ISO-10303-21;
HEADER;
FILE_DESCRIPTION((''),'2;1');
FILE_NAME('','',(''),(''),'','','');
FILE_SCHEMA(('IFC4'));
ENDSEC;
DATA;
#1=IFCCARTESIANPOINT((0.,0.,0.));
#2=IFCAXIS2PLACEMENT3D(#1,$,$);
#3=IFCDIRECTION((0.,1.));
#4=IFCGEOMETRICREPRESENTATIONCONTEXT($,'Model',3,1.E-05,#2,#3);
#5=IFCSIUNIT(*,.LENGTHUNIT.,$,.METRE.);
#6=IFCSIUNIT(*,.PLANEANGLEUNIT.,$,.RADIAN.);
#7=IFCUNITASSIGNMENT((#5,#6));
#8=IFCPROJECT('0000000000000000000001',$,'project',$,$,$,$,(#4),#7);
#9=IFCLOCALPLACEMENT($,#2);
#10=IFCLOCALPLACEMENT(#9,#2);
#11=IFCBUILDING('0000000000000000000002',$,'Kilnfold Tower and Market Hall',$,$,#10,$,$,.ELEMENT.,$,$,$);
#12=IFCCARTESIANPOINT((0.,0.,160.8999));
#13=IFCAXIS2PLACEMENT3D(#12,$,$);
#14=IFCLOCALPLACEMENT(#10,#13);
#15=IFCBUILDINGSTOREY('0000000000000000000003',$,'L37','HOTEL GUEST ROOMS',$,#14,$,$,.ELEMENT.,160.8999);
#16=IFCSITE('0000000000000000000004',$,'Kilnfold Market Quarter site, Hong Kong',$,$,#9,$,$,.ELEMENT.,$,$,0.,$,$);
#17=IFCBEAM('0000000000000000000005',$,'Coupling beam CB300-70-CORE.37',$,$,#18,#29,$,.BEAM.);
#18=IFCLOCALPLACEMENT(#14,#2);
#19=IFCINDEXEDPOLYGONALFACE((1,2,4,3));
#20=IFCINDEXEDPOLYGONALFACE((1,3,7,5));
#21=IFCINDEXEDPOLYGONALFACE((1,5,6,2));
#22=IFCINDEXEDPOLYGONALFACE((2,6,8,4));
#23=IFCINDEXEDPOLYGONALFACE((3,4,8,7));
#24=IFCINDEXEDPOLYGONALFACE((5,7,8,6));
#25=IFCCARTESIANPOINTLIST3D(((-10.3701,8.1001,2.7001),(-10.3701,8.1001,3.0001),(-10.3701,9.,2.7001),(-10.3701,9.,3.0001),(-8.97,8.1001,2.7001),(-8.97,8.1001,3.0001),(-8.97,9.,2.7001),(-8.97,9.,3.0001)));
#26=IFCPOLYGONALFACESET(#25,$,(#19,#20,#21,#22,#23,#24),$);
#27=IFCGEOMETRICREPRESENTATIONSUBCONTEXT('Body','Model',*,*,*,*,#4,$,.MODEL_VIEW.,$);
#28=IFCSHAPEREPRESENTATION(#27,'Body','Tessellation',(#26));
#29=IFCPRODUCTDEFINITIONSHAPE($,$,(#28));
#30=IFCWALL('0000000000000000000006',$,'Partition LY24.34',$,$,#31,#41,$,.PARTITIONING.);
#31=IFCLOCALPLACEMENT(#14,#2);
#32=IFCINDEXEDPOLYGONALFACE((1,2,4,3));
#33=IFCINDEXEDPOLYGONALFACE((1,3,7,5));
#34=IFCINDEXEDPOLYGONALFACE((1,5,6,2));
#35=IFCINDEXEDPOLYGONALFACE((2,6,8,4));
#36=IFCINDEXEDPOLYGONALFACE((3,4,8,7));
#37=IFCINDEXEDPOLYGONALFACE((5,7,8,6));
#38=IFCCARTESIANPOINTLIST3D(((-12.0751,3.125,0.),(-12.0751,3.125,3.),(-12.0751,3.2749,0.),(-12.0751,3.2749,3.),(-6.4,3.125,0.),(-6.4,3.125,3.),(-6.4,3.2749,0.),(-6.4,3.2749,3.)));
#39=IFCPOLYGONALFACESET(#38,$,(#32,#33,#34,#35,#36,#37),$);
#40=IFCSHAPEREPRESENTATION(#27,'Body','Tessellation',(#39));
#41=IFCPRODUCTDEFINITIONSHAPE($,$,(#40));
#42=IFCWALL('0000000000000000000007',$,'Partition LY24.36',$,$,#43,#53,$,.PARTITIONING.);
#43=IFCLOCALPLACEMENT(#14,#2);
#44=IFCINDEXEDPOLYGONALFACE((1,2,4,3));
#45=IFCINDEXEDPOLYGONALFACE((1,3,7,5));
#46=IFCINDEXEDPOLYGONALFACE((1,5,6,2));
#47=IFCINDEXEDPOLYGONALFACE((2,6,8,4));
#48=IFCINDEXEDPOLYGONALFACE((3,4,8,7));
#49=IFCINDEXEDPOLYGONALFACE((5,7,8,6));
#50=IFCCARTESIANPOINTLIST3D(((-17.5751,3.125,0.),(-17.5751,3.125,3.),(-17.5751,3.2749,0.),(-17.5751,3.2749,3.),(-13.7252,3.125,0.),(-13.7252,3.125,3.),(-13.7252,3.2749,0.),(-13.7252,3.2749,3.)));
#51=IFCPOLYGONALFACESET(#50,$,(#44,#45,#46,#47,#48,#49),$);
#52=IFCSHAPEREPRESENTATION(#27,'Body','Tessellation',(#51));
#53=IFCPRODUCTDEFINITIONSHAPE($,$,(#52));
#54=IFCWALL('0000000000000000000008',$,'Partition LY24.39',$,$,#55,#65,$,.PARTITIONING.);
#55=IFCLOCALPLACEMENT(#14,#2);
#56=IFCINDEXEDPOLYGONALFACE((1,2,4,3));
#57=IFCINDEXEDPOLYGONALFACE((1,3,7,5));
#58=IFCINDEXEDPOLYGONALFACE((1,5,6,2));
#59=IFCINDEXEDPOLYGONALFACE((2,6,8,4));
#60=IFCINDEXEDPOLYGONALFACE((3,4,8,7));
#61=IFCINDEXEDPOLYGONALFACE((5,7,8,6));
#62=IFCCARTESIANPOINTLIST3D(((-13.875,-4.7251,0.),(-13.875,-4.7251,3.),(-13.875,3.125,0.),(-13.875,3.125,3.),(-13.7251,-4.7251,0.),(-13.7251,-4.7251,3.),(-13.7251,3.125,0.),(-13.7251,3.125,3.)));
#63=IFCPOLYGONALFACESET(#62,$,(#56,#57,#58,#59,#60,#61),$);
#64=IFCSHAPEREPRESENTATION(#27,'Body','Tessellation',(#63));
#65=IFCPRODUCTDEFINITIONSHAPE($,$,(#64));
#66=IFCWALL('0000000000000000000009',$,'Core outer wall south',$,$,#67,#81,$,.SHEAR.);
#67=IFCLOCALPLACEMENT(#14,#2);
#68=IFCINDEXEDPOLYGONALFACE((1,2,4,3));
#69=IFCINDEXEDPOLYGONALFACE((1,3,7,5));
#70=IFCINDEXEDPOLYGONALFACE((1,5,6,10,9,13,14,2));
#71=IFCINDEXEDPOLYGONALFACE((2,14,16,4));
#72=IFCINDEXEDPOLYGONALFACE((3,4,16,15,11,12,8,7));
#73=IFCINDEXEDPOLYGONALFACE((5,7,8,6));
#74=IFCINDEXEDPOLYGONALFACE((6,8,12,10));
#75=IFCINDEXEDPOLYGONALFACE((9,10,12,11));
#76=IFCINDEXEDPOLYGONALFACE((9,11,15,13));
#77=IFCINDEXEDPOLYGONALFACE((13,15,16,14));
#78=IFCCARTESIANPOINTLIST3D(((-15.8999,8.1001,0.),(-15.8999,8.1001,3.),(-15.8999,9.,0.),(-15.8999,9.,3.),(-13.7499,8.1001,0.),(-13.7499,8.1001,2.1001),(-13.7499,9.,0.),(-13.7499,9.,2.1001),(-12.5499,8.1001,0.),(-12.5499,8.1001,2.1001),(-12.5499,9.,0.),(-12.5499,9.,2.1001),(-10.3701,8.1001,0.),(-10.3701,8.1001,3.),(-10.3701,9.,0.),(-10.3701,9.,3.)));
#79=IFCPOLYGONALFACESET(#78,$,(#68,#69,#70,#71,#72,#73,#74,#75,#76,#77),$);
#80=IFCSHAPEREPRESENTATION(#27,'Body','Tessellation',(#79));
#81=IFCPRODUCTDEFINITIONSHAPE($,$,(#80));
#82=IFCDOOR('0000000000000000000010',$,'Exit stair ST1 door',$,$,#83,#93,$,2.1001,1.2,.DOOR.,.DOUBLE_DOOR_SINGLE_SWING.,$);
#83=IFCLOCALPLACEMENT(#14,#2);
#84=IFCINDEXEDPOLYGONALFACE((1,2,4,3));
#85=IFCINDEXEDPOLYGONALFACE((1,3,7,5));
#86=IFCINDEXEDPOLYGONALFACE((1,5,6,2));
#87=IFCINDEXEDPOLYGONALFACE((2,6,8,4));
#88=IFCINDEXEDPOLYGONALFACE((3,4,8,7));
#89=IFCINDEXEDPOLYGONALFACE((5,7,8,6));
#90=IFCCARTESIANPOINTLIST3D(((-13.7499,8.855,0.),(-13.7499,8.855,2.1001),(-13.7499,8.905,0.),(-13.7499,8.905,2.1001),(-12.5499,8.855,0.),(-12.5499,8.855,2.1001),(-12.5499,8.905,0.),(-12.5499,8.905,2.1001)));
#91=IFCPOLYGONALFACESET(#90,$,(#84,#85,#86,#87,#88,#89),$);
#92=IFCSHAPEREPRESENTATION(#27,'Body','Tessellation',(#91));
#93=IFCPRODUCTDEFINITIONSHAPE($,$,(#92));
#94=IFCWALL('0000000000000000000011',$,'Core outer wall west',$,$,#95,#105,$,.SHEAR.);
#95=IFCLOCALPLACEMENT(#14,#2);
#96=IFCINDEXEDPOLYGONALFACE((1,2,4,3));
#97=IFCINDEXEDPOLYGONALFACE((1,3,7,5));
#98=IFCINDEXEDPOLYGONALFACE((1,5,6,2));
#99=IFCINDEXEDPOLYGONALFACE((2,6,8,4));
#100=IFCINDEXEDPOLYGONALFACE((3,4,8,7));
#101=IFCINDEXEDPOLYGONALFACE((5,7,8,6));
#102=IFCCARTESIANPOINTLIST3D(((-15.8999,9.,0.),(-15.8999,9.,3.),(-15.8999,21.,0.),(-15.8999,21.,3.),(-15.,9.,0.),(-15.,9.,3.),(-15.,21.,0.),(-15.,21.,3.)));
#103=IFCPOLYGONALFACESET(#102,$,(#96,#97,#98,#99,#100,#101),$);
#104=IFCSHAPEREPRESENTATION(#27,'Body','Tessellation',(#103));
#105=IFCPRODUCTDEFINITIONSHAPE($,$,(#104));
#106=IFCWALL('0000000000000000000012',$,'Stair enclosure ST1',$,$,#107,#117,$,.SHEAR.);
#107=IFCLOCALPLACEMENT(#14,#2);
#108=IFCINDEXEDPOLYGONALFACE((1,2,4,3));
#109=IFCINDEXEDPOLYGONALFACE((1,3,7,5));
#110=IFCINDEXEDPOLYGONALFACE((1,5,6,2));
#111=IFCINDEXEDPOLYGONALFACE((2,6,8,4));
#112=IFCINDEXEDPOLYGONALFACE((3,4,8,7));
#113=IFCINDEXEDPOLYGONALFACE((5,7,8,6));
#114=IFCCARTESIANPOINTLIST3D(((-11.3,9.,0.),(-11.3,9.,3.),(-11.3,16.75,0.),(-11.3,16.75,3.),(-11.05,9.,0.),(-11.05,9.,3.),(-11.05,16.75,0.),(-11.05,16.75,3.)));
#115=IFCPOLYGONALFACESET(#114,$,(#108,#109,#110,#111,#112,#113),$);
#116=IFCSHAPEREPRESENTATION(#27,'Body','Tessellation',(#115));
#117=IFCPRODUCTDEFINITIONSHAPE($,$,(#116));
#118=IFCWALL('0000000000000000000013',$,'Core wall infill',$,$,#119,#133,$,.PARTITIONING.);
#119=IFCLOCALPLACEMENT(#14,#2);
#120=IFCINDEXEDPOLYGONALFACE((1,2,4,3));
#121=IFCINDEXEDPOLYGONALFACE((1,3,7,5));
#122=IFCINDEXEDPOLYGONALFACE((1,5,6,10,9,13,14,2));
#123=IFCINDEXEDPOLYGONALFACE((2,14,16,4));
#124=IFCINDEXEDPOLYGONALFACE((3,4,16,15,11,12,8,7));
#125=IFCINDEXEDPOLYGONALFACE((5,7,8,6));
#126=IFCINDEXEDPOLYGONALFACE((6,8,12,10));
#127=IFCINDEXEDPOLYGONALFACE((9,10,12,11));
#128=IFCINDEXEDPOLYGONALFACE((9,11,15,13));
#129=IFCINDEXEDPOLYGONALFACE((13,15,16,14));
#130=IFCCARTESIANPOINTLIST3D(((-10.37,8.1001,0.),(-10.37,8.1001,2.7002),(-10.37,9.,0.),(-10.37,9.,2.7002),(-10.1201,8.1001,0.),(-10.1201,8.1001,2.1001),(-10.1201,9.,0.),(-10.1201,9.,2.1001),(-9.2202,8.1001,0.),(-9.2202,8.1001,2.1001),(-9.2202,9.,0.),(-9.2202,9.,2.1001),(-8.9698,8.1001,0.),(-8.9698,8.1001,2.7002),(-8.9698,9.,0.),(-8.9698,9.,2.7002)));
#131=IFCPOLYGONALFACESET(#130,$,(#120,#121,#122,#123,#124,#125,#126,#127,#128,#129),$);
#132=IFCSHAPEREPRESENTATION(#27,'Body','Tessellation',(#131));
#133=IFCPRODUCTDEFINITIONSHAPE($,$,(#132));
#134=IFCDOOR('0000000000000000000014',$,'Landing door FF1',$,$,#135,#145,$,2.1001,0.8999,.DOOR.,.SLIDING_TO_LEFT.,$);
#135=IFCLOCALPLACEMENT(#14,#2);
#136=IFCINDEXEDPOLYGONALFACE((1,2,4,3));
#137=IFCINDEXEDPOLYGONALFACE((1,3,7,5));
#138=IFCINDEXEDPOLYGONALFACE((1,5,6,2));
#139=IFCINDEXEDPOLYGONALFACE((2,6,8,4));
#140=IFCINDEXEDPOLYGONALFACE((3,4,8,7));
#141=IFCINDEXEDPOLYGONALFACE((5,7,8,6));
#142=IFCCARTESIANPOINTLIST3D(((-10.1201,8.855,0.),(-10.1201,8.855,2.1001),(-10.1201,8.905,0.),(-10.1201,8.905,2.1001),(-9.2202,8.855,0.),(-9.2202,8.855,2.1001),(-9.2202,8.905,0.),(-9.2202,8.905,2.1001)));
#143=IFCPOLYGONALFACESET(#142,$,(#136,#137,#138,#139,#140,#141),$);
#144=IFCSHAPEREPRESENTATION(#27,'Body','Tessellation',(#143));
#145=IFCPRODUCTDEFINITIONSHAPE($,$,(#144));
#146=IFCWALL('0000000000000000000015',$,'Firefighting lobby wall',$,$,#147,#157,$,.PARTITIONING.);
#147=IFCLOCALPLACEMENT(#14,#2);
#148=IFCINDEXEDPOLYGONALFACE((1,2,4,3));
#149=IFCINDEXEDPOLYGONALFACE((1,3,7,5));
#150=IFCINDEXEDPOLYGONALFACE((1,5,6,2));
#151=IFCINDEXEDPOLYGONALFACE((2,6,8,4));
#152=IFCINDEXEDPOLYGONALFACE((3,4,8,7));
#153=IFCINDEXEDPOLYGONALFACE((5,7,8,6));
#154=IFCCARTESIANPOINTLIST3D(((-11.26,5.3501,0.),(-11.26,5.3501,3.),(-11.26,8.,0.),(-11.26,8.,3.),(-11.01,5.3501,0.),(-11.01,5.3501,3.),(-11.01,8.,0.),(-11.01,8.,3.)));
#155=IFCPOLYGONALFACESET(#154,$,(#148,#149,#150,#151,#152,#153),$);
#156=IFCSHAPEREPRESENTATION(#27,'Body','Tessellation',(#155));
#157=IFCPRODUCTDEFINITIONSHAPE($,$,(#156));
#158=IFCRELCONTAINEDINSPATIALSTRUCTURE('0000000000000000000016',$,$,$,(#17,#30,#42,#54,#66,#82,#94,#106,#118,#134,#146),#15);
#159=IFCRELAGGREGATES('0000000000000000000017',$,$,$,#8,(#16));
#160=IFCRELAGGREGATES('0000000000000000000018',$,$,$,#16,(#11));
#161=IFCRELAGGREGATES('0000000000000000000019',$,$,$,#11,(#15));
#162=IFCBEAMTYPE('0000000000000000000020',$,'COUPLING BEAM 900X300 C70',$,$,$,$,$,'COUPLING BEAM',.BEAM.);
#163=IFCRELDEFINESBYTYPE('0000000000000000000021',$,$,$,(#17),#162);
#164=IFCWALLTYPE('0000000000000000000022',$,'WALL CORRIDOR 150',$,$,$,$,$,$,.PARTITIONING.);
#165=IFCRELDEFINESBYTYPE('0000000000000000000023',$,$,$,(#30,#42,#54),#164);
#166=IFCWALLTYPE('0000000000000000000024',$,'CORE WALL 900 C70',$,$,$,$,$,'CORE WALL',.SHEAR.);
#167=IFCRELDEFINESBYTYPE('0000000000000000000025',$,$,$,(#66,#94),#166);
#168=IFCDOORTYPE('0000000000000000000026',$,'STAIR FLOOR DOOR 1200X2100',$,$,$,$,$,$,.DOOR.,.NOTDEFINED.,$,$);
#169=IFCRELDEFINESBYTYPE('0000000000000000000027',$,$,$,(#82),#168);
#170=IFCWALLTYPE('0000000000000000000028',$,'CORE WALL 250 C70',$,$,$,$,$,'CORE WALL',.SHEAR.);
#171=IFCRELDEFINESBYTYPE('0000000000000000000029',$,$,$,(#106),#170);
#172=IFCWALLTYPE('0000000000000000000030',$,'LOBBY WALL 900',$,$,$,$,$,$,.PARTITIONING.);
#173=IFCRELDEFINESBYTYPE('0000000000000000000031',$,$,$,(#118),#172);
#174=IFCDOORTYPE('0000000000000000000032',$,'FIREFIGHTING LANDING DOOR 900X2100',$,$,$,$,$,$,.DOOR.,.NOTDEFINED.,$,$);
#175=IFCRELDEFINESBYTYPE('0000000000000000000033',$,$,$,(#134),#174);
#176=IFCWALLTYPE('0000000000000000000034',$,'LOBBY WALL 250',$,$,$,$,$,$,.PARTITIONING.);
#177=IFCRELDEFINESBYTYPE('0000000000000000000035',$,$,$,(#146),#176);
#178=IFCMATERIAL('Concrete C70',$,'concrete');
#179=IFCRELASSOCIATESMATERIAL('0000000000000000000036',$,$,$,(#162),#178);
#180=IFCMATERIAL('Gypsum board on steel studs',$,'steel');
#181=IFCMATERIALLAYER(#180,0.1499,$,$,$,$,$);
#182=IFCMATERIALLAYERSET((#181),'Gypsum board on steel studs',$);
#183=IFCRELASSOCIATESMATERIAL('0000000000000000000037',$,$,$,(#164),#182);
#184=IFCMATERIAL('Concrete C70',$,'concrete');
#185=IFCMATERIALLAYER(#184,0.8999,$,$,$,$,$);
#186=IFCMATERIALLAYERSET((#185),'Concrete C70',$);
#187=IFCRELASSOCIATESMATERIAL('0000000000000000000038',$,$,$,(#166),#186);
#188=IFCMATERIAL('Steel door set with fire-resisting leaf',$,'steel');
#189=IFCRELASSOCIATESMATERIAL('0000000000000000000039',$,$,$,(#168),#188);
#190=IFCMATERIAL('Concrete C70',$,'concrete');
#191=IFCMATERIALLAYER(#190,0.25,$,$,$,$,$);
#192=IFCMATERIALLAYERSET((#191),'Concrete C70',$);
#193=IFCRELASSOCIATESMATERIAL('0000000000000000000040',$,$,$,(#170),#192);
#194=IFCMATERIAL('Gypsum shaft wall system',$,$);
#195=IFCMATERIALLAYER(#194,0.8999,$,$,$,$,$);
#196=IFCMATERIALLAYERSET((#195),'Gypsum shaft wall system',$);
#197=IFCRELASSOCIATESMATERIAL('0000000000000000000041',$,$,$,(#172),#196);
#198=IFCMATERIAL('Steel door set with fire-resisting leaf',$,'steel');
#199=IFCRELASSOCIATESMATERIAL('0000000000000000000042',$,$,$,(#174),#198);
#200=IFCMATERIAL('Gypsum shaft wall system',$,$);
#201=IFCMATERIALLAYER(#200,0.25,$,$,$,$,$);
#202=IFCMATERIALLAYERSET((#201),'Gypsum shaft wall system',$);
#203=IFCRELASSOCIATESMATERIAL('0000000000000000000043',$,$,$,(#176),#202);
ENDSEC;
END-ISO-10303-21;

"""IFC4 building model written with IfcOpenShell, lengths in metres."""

from ifc_helpers import new_model, si_unit, direction, frame, frame_2d, origin, origin_2d, place, context, subcontext, project, spatial, rectangle, extrude, source, transform, mapped, material, layer, layer_set, material_profile, profile_set, type_object, element, fill, save


model = new_model("IFC4")

# Units and contexts
model_context = context("Model", 3, precision=1e-05, world=origin(), true_north=direction((0.0, 1.0)))
body_context = subcontext(model_context, "Body", "Model", "MODEL_VIEW")
ifc_project = project(units=[si_unit("LENGTHUNIT", "METRE"), si_unit("PLANEANGLEUNIT", "RADIAN")], contexts=[model_context])

# Site, building, storey
site_placement = place(None, origin())
site = spatial("IfcSite", under=ifc_project, at=site_placement, Name="Kilnfold Market Quarter site, Hong Kong", CompositionType="ELEMENT", RefElevation=0.0)
building_placement = place(site_placement, origin())
building = spatial("IfcBuilding", under=site, at=building_placement, Name="Kilnfold Tower and Market Hall", CompositionType="ELEMENT")
storey_placement = place(building_placement, frame((0.0, 0.0, 160.8999)))
storey = spatial("IfcBuildingStorey", under=building, at=storey_placement, Name="L37", Description="HOTEL GUEST ROOMS", CompositionType="ELEMENT", Elevation=160.8999)

# Beam
ifc_material_1 = material(Name="Concrete C70", Category="concrete")
ifc_material_profile = material_profile(ifc_material_1, rectangle(XDim=0.8999, YDim=0.3, at=origin_2d()), Name="RC 900x300")
ifc_profile_set = profile_set([ifc_material_profile], Name="Concrete C70")
beam_type = type_object("IfcBeamType", Name="COUPLING BEAM 900X300 C70", ElementType="COUPLING BEAM", PredefinedType="BEAM", material=ifc_profile_set)
shared_shape_1 = source(origin(), body_context, "Body", "SweptSolid", [
    extrude(rectangle(XDim=0.8999, YDim=0.3, at=origin_2d()), origin(), (0.0, 0.0, 1.0), 1.4001),
])
beam_placement = place(storey_placement, frame((-10.3701, 8.55, 2.8501), z_axis=(1.0, 0.0, 0.0), x_axis=(0.0, 1.0, 0.0)))
element("IfcBeam", 1, at=beam_placement, inside=storey, type_object=beam_type, Name="Coupling beam CB300-70-CORE.37", PredefinedType="BEAM", context=body_context, shape_type="MappedRepresentation", body=[
    mapped(shared_shape_1, transform((0.0, 0.0, 0.0))),
])

# Walls
ifc_material_2 = material(Name="Gypsum board on steel studs", Category="steel")
ifc_layer_1 = layer(ifc_material_2, 0.1499)
ifc_layer_set_1 = layer_set([ifc_layer_1], Name="Gypsum board on steel studs")
wall_type_1 = type_object("IfcWallType", Name="WALL CORRIDOR 150", PredefinedType="PARTITIONING", material=ifc_layer_set_1)
wall_1_placement = place(storey_placement, frame((-12.075, 3.2, 0.0), z_axis=(0.0, 0.0, 1.0), x_axis=(1.0, 0.0, 0.0)))
element("IfcWall", 2, at=wall_1_placement, inside=storey, type_object=wall_type_1, Name="Partition LY24.34", PredefinedType="PARTITIONING", context=body_context, shape_type="SweptSolid", body=[
    extrude(rectangle(XDim=5.675, YDim=0.1499, at=frame_2d((2.8374, 0.0))), origin(), (0.0, 0.0, 1.0), 3.0),
])
wall_2_placement = place(storey_placement, frame((-17.575, 3.2, 0.0), z_axis=(0.0, 0.0, 1.0), x_axis=(1.0, 0.0, 0.0)))
element("IfcWall", 3, at=wall_2_placement, inside=storey, type_object=wall_type_1, Name="Partition LY24.36", PredefinedType="PARTITIONING", context=body_context, shape_type="SweptSolid", body=[
    extrude(rectangle(XDim=3.8499, YDim=0.1499, at=frame_2d((1.9248, 0.0))), origin(), (0.0, 0.0, 1.0), 3.0),
])
wall_3_placement = place(storey_placement, frame((-13.8, 3.125, 0.0), z_axis=(0.0, 0.0, 1.0), x_axis=(0.0, -1.0, 0.0)))
element("IfcWall", 4, at=wall_3_placement, inside=storey, type_object=wall_type_1, Name="Partition LY24.39", PredefinedType="PARTITIONING", context=body_context, shape_type="SweptSolid", body=[
    extrude(rectangle(XDim=7.8501, YDim=0.1499, at=frame_2d((3.925, 0.0))), origin(), (0.0, 0.0, 1.0), 3.0),
])

# Wall, opening, door
ifc_material_3 = material(Name="Concrete C70", Category="concrete")
ifc_layer_2 = layer(ifc_material_3, 0.8999)
ifc_layer_set_2 = layer_set([ifc_layer_2], Name="Concrete C70")
wall_type_2 = type_object("IfcWallType", Name="CORE WALL 900 C70", ElementType="CORE WALL", PredefinedType="SHEAR", material=ifc_layer_set_2)
shared_shape_2 = source(origin(), body_context, "Body", "SweptSolid", [
    extrude(rectangle(XDim=5.5298, YDim=0.8999, at=frame_2d((2.7649, 0.0))), origin(), (0.0, 0.0, 1.0), 3.0),
])
wall_4_placement = place(storey_placement, frame((-15.8999, 8.55, 0.0), z_axis=(0.0, 0.0, 1.0), x_axis=(1.0, 0.0, 0.0)))
wall_4 = element("IfcWall", 5, at=wall_4_placement, inside=storey, type_object=wall_type_2, Name="Core outer wall south", PredefinedType="SHEAR", context=body_context, shape_type="MappedRepresentation", body=[
    mapped(shared_shape_2, transform((0.0, 0.0, 0.0))),
])
opening_1_placement = place(wall_4_placement, frame((2.1499, 0.0, 0.0)))
opening_1 = element("IfcOpeningElement", 6, at=opening_1_placement, cuts=wall_4, PredefinedType="OPENING", context=body_context, shape_type="SweptSolid", body=[
    extrude(rectangle(XDim=1.2, YDim=2.1001, at=frame_2d((0.6001, 1.05))), frame((0.0, 0.46, 0.0), z_axis=(0.0, -1.0, 0.0), x_axis=(1.0, 0.0, 0.0)), (0.0, 0.0, 1.0), 0.9199),
])
ifc_material_4 = material(Name="Steel door set with fire-resisting leaf", Category="steel")
door_type_1 = type_object("IfcDoorType", Name="STAIR FLOOR DOOR 1200X2100", OperationType="NOTDEFINED", PredefinedType="DOOR", material=ifc_material_4)
door_1_placement = place(opening_1_placement, origin())
door_1 = element("IfcDoor", 7, at=door_1_placement, inside=storey, type_object=door_type_1, Name="Exit stair ST1 door", OperationType="DOUBLE_DOOR_SINGLE_SWING", OverallHeight=2.1001, OverallWidth=1.2, PredefinedType="DOOR", context=body_context, shape_type="SweptSolid", body=[
    extrude(rectangle(XDim=1.2, YDim=2.1001, at=frame_2d((0.6001, 1.05))), frame((0.0, 0.355, 0.0), z_axis=(0.0, -1.0, 0.0), x_axis=(1.0, 0.0, 0.0)), (0.0, 0.0, 1.0), 0.05),
])
fill(opening_1, door_1)

# Walls
shared_shape_3 = source(origin(), body_context, "Body", "SweptSolid", [
    extrude(rectangle(XDim=12.0, YDim=0.8999, at=frame_2d((6.0, 0.0))), origin(), (0.0, 0.0, 1.0), 3.0),
])
wall_5_placement = place(storey_placement, frame((-15.45, 9.0, 0.0), z_axis=(0.0, 0.0, 1.0), x_axis=(0.0, 1.0, 0.0)))
element("IfcWall", 8, at=wall_5_placement, inside=storey, type_object=wall_type_2, Name="Core outer wall west", PredefinedType="SHEAR", context=body_context, shape_type="MappedRepresentation", body=[
    mapped(shared_shape_3, transform((0.0, 0.0, 0.0))),
])
ifc_material_5 = material(Name="Concrete C70", Category="concrete")
ifc_layer_3 = layer(ifc_material_5, 0.25)
ifc_layer_set_3 = layer_set([ifc_layer_3], Name="Concrete C70")
wall_type_3 = type_object("IfcWallType", Name="CORE WALL 250 C70", ElementType="CORE WALL", PredefinedType="SHEAR", material=ifc_layer_set_3)
shared_shape_4 = source(origin(), body_context, "Body", "SweptSolid", [
    extrude(rectangle(XDim=7.75, YDim=0.25, at=frame_2d((3.875, 0.0))), origin(), (0.0, 0.0, 1.0), 3.0),
])
wall_6_placement = place(storey_placement, frame((-11.175, 9.0, 0.0), z_axis=(0.0, 0.0, 1.0), x_axis=(0.0, 1.0, 0.0)))
element("IfcWall", 9, at=wall_6_placement, inside=storey, type_object=wall_type_3, Name="Stair enclosure ST1", PredefinedType="SHEAR", context=body_context, shape_type="MappedRepresentation", body=[
    mapped(shared_shape_4, transform((0.0, 0.0, 0.0))),
])

# Wall, opening, door
ifc_material_6 = material(Name="Gypsum shaft wall system")
ifc_layer_4 = layer(ifc_material_6, 0.8999)
ifc_layer_set_4 = layer_set([ifc_layer_4], Name="Gypsum shaft wall system")
wall_type_4 = type_object("IfcWallType", Name="LOBBY WALL 900", PredefinedType="PARTITIONING", material=ifc_layer_set_4)
shared_shape_5 = source(origin(), body_context, "Body", "SweptSolid", [
    extrude(rectangle(XDim=1.4001, YDim=0.8999, at=frame_2d((0.7002, 0.0))), origin(), (0.0, 0.0, 1.0), 2.7002),
])
wall_7_placement = place(storey_placement, frame((-10.3701, 8.55, 0.0), z_axis=(0.0, 0.0, 1.0), x_axis=(1.0, 0.0, 0.0)))
wall_7 = element("IfcWall", 10, at=wall_7_placement, inside=storey, type_object=wall_type_4, Name="Core wall infill", PredefinedType="PARTITIONING", context=body_context, shape_type="MappedRepresentation", body=[
    mapped(shared_shape_5, transform((0.0, 0.0, 0.0))),
])
opening_2_placement = place(wall_7_placement, frame((0.25, 0.0, 0.0)))
opening_2 = element("IfcOpeningElement", 11, at=opening_2_placement, cuts=wall_7, PredefinedType="OPENING", context=body_context, shape_type="SweptSolid", body=[
    extrude(rectangle(XDim=0.8999, YDim=2.1001, at=frame_2d((0.45, 1.05))), frame((0.0, 0.46, 0.0), z_axis=(0.0, -1.0, 0.0), x_axis=(1.0, 0.0, 0.0)), (0.0, 0.0, 1.0), 0.9199),
])
ifc_material_7 = material(Name="Steel door set with fire-resisting leaf", Category="steel")
door_type_2 = type_object("IfcDoorType", Name="FIREFIGHTING LANDING DOOR 900X2100", OperationType="NOTDEFINED", PredefinedType="DOOR", material=ifc_material_7)
door_2_placement = place(opening_2_placement, origin())
door_2 = element("IfcDoor", 12, at=door_2_placement, inside=storey, type_object=door_type_2, Name="Landing door FF1", OperationType="SLIDING_TO_LEFT", OverallHeight=2.1001, OverallWidth=0.8999, PredefinedType="DOOR", context=body_context, shape_type="SweptSolid", body=[
    extrude(rectangle(XDim=0.8999, YDim=2.1001, at=frame_2d((0.45, 1.05))), frame((0.0, 0.355, 0.0), z_axis=(0.0, -1.0, 0.0), x_axis=(1.0, 0.0, 0.0)), (0.0, 0.0, 1.0), 0.05),
])
fill(opening_2, door_2)

# Wall
ifc_material_8 = material(Name="Gypsum shaft wall system")
ifc_layer_5 = layer(ifc_material_8, 0.25)
ifc_layer_set_5 = layer_set([ifc_layer_5], Name="Gypsum shaft wall system")
wall_type_5 = type_object("IfcWallType", Name="LOBBY WALL 250", PredefinedType="PARTITIONING", material=ifc_layer_set_5)
shared_shape_6 = source(origin(), body_context, "Body", "SweptSolid", [
    extrude(rectangle(XDim=2.6499, YDim=0.25, at=frame_2d((1.325, 0.0))), origin(), (0.0, 0.0, 1.0), 3.0),
])
wall_8_placement = place(storey_placement, frame((-11.135, 5.3501, 0.0), z_axis=(0.0, 0.0, 1.0), x_axis=(0.0, 1.0, 0.0)))
element("IfcWall", 13, at=wall_8_placement, inside=storey, type_object=wall_type_5, Name="Firefighting lobby wall", PredefinedType="PARTITIONING", context=body_context, shape_type="MappedRepresentation", body=[
    mapped(shared_shape_6, transform((0.0, 0.0, 0.0))),
])

save(model, "model.ifc")
